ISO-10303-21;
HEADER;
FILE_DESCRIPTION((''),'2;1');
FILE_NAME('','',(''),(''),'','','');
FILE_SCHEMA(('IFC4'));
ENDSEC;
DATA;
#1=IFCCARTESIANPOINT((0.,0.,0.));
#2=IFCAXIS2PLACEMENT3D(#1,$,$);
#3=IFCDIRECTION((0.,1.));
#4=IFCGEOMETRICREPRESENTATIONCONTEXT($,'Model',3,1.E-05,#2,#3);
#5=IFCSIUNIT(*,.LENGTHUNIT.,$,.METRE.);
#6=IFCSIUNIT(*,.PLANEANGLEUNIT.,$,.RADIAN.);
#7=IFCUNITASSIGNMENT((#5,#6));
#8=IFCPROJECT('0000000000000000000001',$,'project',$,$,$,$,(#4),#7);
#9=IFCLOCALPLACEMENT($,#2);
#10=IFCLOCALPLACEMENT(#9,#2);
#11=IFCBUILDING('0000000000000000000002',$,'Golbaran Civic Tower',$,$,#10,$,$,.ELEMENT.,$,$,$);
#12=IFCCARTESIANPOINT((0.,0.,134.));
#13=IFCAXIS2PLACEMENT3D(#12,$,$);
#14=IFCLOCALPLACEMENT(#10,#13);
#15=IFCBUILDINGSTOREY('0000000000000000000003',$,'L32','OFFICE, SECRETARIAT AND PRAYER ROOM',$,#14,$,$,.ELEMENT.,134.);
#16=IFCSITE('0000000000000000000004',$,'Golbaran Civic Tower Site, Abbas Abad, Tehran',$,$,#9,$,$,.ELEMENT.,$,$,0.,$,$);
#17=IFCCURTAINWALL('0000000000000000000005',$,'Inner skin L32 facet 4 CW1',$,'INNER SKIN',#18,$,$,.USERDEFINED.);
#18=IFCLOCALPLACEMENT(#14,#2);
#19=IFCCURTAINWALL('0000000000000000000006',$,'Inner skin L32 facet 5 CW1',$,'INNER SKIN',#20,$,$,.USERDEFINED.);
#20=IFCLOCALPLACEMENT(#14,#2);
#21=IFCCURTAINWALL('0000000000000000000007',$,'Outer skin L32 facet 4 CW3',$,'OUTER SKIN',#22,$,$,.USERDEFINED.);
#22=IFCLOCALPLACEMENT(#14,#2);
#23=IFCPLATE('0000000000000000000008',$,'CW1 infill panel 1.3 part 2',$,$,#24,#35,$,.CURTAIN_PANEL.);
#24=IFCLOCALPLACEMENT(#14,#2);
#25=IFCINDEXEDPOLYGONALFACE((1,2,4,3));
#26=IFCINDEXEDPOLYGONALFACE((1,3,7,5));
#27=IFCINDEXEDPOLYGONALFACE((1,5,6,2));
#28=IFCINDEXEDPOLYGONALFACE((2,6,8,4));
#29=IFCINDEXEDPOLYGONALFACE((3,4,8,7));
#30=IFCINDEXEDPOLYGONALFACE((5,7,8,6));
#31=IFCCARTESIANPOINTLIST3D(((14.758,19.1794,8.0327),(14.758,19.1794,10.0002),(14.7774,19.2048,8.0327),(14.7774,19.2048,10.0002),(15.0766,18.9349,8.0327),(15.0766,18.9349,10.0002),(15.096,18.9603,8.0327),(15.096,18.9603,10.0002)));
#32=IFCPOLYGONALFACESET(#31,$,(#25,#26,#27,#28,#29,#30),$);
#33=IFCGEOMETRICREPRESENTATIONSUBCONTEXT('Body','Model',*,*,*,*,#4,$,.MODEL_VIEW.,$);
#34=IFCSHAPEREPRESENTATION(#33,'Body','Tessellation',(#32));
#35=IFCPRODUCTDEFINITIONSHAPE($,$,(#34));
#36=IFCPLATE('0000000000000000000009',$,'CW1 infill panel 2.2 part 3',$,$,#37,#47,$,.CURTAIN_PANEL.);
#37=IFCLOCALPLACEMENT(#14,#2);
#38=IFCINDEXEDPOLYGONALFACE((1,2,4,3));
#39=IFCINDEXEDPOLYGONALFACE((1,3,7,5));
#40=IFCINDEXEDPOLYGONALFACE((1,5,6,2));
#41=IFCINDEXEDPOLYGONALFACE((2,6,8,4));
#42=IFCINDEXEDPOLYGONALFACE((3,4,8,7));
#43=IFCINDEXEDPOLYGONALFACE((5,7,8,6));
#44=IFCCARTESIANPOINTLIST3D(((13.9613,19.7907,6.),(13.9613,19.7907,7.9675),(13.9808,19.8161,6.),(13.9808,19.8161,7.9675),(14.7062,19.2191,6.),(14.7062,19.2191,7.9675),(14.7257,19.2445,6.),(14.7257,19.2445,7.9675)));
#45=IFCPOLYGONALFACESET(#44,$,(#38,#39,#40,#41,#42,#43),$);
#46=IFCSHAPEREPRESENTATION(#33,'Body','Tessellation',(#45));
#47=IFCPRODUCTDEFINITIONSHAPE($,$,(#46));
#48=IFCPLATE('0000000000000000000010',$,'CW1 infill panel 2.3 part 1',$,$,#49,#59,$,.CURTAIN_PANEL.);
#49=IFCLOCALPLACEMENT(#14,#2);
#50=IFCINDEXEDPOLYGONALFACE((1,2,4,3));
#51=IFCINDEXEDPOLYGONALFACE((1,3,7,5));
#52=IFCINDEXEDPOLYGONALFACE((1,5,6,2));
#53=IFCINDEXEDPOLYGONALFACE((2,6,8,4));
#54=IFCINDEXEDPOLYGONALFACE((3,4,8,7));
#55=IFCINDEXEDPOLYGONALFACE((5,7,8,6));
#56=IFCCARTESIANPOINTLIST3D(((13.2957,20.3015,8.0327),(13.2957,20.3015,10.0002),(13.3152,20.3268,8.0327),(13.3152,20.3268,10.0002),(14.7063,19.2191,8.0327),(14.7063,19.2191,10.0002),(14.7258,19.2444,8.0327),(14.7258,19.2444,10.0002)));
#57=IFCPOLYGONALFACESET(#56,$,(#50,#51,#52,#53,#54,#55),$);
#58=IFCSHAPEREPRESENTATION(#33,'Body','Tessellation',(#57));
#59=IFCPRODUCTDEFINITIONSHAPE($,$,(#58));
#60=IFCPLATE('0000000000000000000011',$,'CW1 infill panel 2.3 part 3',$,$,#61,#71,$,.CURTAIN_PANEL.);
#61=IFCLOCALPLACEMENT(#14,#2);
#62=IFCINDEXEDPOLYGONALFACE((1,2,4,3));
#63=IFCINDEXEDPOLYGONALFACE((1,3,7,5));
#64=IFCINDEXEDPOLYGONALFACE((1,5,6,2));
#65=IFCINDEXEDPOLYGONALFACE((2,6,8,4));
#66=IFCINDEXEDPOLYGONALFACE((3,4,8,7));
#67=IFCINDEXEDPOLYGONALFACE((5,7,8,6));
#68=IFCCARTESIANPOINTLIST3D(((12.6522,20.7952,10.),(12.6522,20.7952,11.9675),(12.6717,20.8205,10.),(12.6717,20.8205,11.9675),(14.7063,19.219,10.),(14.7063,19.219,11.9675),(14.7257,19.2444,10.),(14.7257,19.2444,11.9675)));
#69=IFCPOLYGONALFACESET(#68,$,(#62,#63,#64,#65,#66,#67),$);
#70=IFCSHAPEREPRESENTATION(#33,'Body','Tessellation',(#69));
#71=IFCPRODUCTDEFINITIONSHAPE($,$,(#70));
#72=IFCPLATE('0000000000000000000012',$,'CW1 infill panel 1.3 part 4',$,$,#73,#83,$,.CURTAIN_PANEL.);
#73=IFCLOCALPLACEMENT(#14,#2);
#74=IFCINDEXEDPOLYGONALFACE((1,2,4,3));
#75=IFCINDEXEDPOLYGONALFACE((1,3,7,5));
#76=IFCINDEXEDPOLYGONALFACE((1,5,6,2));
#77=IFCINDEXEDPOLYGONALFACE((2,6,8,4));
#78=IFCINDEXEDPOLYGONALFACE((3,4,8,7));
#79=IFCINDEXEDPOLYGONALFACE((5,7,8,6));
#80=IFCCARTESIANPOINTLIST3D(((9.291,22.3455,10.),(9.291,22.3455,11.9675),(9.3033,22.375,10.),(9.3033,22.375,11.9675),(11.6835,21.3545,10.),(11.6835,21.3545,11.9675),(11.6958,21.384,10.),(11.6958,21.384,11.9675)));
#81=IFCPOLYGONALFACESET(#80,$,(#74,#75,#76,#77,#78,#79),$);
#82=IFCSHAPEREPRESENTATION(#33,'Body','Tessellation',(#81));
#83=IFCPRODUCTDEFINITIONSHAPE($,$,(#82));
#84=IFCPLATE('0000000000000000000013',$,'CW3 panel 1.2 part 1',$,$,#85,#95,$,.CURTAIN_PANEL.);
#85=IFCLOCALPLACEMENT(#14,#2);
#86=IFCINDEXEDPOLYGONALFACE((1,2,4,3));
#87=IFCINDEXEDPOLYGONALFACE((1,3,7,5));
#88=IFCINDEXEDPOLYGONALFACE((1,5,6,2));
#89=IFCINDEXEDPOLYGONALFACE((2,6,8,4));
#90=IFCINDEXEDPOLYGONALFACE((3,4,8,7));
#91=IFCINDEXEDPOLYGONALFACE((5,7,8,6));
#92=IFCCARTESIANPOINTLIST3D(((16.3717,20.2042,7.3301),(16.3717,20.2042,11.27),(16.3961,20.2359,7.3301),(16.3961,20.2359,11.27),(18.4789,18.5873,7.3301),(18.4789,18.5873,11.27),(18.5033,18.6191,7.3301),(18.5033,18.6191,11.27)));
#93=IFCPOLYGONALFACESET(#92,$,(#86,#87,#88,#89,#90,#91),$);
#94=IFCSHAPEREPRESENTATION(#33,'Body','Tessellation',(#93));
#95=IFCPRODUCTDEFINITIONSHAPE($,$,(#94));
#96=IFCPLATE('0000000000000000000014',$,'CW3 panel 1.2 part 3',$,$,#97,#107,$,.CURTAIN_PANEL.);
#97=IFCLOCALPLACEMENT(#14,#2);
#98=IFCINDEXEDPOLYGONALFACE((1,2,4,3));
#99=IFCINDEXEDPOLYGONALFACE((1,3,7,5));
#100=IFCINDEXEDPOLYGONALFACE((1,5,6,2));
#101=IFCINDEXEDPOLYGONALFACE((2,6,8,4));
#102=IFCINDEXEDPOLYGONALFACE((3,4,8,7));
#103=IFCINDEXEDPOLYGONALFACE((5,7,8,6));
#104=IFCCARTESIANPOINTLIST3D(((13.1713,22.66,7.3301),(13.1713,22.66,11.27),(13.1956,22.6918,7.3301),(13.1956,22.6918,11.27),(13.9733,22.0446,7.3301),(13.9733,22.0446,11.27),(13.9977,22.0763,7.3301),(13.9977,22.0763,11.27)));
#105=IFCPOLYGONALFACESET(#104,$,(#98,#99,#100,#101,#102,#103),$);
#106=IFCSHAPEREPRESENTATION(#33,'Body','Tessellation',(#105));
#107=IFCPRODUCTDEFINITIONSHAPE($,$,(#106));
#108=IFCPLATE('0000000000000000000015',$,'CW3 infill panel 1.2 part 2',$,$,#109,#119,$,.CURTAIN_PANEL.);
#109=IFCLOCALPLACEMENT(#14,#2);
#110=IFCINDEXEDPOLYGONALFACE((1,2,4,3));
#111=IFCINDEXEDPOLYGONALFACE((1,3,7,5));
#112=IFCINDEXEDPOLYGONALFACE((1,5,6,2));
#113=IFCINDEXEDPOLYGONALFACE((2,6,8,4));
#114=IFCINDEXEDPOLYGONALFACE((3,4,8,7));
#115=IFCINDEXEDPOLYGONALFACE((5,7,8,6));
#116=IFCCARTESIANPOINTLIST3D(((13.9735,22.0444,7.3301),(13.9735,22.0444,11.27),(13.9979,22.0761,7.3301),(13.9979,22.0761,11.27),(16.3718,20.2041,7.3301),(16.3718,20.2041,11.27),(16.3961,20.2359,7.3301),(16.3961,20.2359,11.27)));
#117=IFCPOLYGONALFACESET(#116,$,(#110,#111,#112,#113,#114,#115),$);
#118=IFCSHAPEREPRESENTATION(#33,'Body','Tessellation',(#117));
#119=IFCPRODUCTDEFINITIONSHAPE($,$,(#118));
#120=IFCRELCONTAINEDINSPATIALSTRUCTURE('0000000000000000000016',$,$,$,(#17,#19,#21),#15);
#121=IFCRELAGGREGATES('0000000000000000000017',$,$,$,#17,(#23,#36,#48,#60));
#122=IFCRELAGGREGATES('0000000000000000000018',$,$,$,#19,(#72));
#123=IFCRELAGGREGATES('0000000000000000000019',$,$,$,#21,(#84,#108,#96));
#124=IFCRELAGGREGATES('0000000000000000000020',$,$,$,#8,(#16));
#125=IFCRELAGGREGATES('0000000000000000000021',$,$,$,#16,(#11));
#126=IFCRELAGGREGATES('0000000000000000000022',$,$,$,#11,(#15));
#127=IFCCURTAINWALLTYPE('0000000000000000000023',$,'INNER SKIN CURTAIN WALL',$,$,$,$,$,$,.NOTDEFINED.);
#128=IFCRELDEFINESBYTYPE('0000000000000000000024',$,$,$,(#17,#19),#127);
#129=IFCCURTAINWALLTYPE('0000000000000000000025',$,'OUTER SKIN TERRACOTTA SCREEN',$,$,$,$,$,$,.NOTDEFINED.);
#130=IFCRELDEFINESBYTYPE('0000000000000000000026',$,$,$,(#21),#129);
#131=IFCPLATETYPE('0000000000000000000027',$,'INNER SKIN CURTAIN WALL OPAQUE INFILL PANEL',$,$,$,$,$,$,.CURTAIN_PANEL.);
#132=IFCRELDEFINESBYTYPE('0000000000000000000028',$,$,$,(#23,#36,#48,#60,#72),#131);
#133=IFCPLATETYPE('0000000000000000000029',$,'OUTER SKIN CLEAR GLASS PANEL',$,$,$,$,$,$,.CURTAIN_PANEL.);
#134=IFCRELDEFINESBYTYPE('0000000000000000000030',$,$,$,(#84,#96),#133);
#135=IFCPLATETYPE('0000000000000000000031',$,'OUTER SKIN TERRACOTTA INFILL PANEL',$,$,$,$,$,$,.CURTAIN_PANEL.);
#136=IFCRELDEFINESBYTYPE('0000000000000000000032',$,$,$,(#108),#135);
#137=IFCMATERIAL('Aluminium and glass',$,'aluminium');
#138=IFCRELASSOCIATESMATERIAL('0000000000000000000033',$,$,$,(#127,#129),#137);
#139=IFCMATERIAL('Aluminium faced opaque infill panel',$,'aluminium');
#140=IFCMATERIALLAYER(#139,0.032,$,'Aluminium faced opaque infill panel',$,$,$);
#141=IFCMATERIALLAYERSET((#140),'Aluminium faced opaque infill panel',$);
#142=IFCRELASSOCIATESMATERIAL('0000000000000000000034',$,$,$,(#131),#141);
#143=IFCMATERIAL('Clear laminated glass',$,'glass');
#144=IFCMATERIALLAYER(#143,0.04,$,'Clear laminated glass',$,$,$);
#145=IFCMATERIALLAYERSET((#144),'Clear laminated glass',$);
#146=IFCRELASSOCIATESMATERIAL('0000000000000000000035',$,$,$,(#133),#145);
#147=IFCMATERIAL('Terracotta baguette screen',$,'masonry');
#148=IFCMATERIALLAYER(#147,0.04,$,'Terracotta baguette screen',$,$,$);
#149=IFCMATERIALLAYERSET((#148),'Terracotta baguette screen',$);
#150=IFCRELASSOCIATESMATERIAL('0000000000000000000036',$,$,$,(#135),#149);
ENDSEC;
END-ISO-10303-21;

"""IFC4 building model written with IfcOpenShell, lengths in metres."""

from ifc_helpers import new_model, si_unit, direction, frame, origin, origin_2d, place, context, subcontext, project, spatial, rectangle, extrude, material, layer, layer_set, type_object, element, aggregate, save


model = new_model("IFC4")

# Units and contexts
model_context = context("Model", 3, precision=1e-05, world=origin(), true_north=direction((0.0, 1.0)))
body_context = subcontext(model_context, "Body", "Model", "MODEL_VIEW")
ifc_project = project(units=[si_unit("LENGTHUNIT", "METRE"), si_unit("PLANEANGLEUNIT", "RADIAN")], contexts=[model_context])

# Site, building, storey
site_placement = place(None, origin())
site = spatial("IfcSite", under=ifc_project, at=site_placement, Name="Golbaran Civic Tower Site, Abbas Abad, Tehran", CompositionType="ELEMENT", RefElevation=0.0)
building_placement = place(site_placement, origin())
building = spatial("IfcBuilding", under=site, at=building_placement, Name="Golbaran Civic Tower", CompositionType="ELEMENT")
storey_placement = place(building_placement, frame((0.0, 0.0, 134.0)))
storey = spatial("IfcBuildingStorey", under=building, at=storey_placement, Name="L32", Description="OFFICE, SECRETARIAT AND PRAYER ROOM", CompositionType="ELEMENT", Elevation=134.0)

# Curtain wall
ifc_material_1 = material(Name="Aluminium and glass", Category="aluminium")
curtain_wall_type_1 = type_object("IfcCurtainWallType", Name="INNER SKIN CURTAIN WALL", PredefinedType="NOTDEFINED", material=ifc_material_1)
curtain_wall_1_placement = place(storey_placement, origin())
curtain_wall_1 = element("IfcCurtainWall", 1, at=curtain_wall_1_placement, inside=storey, type_object=curtain_wall_type_1, Name="Inner skin L32 facet 4 CW1", ObjectType="INNER SKIN", PredefinedType="USERDEFINED")

# Curtain walls
curtain_wall_2_placement = place(storey_placement, origin())
curtain_wall_2 = element("IfcCurtainWall", 2, at=curtain_wall_2_placement, inside=storey, type_object=curtain_wall_type_1, Name="Inner skin L32 facet 5 CW1", ObjectType="INNER SKIN", PredefinedType="USERDEFINED")
curtain_wall_type_2 = type_object("IfcCurtainWallType", Name="OUTER SKIN TERRACOTTA SCREEN", PredefinedType="NOTDEFINED", material=ifc_material_1)
curtain_wall_3_placement = place(storey_placement, origin())
curtain_wall_3 = element("IfcCurtainWall", 3, at=curtain_wall_3_placement, inside=storey, type_object=curtain_wall_type_2, Name="Outer skin L32 facet 4 CW3", ObjectType="OUTER SKIN", PredefinedType="USERDEFINED")

# Plates
ifc_material_2 = material(Name="Aluminium faced opaque infill panel", Category="aluminium")
ifc_layer_1 = layer(ifc_material_2, 0.032, Name="Aluminium faced opaque infill panel")
ifc_layer_set_1 = layer_set([ifc_layer_1], Name="Aluminium faced opaque infill panel")
plate_type_1 = type_object("IfcPlateType", Name="INNER SKIN CURTAIN WALL OPAQUE INFILL PANEL", PredefinedType="CURTAIN_PANEL", material=ifc_layer_set_1)
plate_1_placement = place(storey_placement, frame((14.927, 19.0698, 8.0327), z_axis=(0.0, 0.0, 1.0), x_axis=(-0.793353, 0.608761, 0.0)))
plate_1 = element("IfcPlate", 4, at=plate_1_placement, type_object=plate_type_1, Name="CW1 infill panel 1.3 part 2", PredefinedType="CURTAIN_PANEL", context=body_context, shape_type="SweptSolid", body=[
    extrude(rectangle(XDim=0.4016, YDim=0.032, at=origin_2d()), origin(), (0.0, 0.0, 1.0), 1.9675),
])
plate_2_placement = place(storey_placement, frame((14.3435, 19.5176, 6.0), z_axis=(0.0, 0.0, 1.0), x_axis=(-0.793353, 0.608761, 0.0)))
plate_2 = element("IfcPlate", 5, at=plate_2_placement, type_object=plate_type_1, Name="CW1 infill panel 2.2 part 3", PredefinedType="CURTAIN_PANEL", context=body_context, shape_type="SweptSolid", body=[
    extrude(rectangle(XDim=0.939, YDim=0.032, at=origin_2d()), origin(), (0.0, 0.0, 1.0), 1.9675),
])
plate_3_placement = place(storey_placement, frame((14.0107, 19.7729, 8.0327), z_axis=(0.0, 0.0, 1.0), x_axis=(-0.793353, 0.608761, 0.0)))
plate_3 = element("IfcPlate", 6, at=plate_3_placement, type_object=plate_type_1, Name="CW1 infill panel 2.3 part 1", PredefinedType="CURTAIN_PANEL", context=body_context, shape_type="SweptSolid", body=[
    extrude(rectangle(XDim=1.7781, YDim=0.032, at=origin_2d()), origin(), (0.0, 0.0, 1.0), 1.9675),
])
plate_4_placement = place(storey_placement, frame((13.689, 20.0198, 10.0), z_axis=(0.0, 0.0, 1.0), x_axis=(-0.793353, 0.608761, 0.0)))
plate_4 = element("IfcPlate", 7, at=plate_4_placement, type_object=plate_type_1, Name="CW1 infill panel 2.3 part 3", PredefinedType="CURTAIN_PANEL", context=body_context, shape_type="SweptSolid", body=[
    extrude(rectangle(XDim=2.5891, YDim=0.032, at=origin_2d()), origin(), (0.0, 0.0, 1.0), 1.9675),
])
aggregate(curtain_wall_1, [plate_1, plate_2, plate_3, plate_4])
plate_5_placement = place(storey_placement, frame((10.4934, 21.8647, 10.0), z_axis=(0.0, 0.0, 1.0), x_axis=(-0.92388, 0.382683, 0.0)))
plate_5 = element("IfcPlate", 8, at=plate_5_placement, type_object=plate_type_1, Name="CW1 infill panel 1.3 part 4", PredefinedType="CURTAIN_PANEL", context=body_context, shape_type="SweptSolid", body=[
    extrude(rectangle(XDim=2.5896, YDim=0.032, at=origin_2d()), origin(), (0.0, 0.0, 1.0), 1.9675),
])
aggregate(curtain_wall_2, [plate_5])
ifc_material_3 = material(Name="Clear laminated glass", Category="glass")
ifc_layer_2 = layer(ifc_material_3, 0.04, Name="Clear laminated glass")
ifc_layer_set_2 = layer_set([ifc_layer_2], Name="Clear laminated glass")
plate_type_2 = type_object("IfcPlateType", Name="OUTER SKIN CLEAR GLASS PANEL", PredefinedType="CURTAIN_PANEL", material=ifc_layer_set_2)
plate_6_placement = place(storey_placement, frame((17.4375, 19.4116, 7.3301), z_axis=(0.0, 0.0, 1.0), x_axis=(-0.793353, 0.608761, 0.0)))
plate_6 = element("IfcPlate", 9, at=plate_6_placement, type_object=plate_type_2, Name="CW3 panel 1.2 part 1", PredefinedType="CURTAIN_PANEL", context=body_context, shape_type="SweptSolid", body=[
    extrude(rectangle(XDim=2.656, YDim=0.04, at=origin_2d()), origin(), (0.0, 0.0, 1.0), 3.9399),
])
plate_7_placement = place(storey_placement, frame((13.5845, 22.3682, 7.3301), z_axis=(0.0, 0.0, 1.0), x_axis=(-0.793353, 0.608761, 0.0)))
plate_7 = element("IfcPlate", 10, at=plate_7_placement, type_object=plate_type_2, Name="CW3 panel 1.2 part 3", PredefinedType="CURTAIN_PANEL", context=body_context, shape_type="SweptSolid", body=[
    extrude(rectangle(XDim=1.011, YDim=0.04, at=origin_2d()), origin(), (0.0, 0.0, 1.0), 3.9399),
])
ifc_material_4 = material(Name="Terracotta baguette screen", Category="masonry")
ifc_layer_3 = layer(ifc_material_4, 0.04, Name="Terracotta baguette screen")
ifc_layer_set_3 = layer_set([ifc_layer_3], Name="Terracotta baguette screen")
plate_type_3 = type_object("IfcPlateType", Name="OUTER SKIN TERRACOTTA INFILL PANEL", PredefinedType="CURTAIN_PANEL", material=ifc_layer_set_3)
plate_8_placement = place(storey_placement, frame((15.1848, 21.1401, 7.3301), z_axis=(0.0, 0.0, 1.0), x_axis=(-0.793353, 0.608761, 0.0)))
plate_8 = element("IfcPlate", 11, at=plate_8_placement, type_object=plate_type_3, Name="CW3 infill panel 1.2 part 2", PredefinedType="CURTAIN_PANEL", context=body_context, shape_type="SweptSolid", body=[
    extrude(rectangle(XDim=3.0229, YDim=0.04, at=origin_2d()), origin(), (0.0, 0.0, 1.0), 3.9399),
])
aggregate(curtain_wall_3, [plate_6, plate_8, plate_7])

save(model, "model.ifc")
